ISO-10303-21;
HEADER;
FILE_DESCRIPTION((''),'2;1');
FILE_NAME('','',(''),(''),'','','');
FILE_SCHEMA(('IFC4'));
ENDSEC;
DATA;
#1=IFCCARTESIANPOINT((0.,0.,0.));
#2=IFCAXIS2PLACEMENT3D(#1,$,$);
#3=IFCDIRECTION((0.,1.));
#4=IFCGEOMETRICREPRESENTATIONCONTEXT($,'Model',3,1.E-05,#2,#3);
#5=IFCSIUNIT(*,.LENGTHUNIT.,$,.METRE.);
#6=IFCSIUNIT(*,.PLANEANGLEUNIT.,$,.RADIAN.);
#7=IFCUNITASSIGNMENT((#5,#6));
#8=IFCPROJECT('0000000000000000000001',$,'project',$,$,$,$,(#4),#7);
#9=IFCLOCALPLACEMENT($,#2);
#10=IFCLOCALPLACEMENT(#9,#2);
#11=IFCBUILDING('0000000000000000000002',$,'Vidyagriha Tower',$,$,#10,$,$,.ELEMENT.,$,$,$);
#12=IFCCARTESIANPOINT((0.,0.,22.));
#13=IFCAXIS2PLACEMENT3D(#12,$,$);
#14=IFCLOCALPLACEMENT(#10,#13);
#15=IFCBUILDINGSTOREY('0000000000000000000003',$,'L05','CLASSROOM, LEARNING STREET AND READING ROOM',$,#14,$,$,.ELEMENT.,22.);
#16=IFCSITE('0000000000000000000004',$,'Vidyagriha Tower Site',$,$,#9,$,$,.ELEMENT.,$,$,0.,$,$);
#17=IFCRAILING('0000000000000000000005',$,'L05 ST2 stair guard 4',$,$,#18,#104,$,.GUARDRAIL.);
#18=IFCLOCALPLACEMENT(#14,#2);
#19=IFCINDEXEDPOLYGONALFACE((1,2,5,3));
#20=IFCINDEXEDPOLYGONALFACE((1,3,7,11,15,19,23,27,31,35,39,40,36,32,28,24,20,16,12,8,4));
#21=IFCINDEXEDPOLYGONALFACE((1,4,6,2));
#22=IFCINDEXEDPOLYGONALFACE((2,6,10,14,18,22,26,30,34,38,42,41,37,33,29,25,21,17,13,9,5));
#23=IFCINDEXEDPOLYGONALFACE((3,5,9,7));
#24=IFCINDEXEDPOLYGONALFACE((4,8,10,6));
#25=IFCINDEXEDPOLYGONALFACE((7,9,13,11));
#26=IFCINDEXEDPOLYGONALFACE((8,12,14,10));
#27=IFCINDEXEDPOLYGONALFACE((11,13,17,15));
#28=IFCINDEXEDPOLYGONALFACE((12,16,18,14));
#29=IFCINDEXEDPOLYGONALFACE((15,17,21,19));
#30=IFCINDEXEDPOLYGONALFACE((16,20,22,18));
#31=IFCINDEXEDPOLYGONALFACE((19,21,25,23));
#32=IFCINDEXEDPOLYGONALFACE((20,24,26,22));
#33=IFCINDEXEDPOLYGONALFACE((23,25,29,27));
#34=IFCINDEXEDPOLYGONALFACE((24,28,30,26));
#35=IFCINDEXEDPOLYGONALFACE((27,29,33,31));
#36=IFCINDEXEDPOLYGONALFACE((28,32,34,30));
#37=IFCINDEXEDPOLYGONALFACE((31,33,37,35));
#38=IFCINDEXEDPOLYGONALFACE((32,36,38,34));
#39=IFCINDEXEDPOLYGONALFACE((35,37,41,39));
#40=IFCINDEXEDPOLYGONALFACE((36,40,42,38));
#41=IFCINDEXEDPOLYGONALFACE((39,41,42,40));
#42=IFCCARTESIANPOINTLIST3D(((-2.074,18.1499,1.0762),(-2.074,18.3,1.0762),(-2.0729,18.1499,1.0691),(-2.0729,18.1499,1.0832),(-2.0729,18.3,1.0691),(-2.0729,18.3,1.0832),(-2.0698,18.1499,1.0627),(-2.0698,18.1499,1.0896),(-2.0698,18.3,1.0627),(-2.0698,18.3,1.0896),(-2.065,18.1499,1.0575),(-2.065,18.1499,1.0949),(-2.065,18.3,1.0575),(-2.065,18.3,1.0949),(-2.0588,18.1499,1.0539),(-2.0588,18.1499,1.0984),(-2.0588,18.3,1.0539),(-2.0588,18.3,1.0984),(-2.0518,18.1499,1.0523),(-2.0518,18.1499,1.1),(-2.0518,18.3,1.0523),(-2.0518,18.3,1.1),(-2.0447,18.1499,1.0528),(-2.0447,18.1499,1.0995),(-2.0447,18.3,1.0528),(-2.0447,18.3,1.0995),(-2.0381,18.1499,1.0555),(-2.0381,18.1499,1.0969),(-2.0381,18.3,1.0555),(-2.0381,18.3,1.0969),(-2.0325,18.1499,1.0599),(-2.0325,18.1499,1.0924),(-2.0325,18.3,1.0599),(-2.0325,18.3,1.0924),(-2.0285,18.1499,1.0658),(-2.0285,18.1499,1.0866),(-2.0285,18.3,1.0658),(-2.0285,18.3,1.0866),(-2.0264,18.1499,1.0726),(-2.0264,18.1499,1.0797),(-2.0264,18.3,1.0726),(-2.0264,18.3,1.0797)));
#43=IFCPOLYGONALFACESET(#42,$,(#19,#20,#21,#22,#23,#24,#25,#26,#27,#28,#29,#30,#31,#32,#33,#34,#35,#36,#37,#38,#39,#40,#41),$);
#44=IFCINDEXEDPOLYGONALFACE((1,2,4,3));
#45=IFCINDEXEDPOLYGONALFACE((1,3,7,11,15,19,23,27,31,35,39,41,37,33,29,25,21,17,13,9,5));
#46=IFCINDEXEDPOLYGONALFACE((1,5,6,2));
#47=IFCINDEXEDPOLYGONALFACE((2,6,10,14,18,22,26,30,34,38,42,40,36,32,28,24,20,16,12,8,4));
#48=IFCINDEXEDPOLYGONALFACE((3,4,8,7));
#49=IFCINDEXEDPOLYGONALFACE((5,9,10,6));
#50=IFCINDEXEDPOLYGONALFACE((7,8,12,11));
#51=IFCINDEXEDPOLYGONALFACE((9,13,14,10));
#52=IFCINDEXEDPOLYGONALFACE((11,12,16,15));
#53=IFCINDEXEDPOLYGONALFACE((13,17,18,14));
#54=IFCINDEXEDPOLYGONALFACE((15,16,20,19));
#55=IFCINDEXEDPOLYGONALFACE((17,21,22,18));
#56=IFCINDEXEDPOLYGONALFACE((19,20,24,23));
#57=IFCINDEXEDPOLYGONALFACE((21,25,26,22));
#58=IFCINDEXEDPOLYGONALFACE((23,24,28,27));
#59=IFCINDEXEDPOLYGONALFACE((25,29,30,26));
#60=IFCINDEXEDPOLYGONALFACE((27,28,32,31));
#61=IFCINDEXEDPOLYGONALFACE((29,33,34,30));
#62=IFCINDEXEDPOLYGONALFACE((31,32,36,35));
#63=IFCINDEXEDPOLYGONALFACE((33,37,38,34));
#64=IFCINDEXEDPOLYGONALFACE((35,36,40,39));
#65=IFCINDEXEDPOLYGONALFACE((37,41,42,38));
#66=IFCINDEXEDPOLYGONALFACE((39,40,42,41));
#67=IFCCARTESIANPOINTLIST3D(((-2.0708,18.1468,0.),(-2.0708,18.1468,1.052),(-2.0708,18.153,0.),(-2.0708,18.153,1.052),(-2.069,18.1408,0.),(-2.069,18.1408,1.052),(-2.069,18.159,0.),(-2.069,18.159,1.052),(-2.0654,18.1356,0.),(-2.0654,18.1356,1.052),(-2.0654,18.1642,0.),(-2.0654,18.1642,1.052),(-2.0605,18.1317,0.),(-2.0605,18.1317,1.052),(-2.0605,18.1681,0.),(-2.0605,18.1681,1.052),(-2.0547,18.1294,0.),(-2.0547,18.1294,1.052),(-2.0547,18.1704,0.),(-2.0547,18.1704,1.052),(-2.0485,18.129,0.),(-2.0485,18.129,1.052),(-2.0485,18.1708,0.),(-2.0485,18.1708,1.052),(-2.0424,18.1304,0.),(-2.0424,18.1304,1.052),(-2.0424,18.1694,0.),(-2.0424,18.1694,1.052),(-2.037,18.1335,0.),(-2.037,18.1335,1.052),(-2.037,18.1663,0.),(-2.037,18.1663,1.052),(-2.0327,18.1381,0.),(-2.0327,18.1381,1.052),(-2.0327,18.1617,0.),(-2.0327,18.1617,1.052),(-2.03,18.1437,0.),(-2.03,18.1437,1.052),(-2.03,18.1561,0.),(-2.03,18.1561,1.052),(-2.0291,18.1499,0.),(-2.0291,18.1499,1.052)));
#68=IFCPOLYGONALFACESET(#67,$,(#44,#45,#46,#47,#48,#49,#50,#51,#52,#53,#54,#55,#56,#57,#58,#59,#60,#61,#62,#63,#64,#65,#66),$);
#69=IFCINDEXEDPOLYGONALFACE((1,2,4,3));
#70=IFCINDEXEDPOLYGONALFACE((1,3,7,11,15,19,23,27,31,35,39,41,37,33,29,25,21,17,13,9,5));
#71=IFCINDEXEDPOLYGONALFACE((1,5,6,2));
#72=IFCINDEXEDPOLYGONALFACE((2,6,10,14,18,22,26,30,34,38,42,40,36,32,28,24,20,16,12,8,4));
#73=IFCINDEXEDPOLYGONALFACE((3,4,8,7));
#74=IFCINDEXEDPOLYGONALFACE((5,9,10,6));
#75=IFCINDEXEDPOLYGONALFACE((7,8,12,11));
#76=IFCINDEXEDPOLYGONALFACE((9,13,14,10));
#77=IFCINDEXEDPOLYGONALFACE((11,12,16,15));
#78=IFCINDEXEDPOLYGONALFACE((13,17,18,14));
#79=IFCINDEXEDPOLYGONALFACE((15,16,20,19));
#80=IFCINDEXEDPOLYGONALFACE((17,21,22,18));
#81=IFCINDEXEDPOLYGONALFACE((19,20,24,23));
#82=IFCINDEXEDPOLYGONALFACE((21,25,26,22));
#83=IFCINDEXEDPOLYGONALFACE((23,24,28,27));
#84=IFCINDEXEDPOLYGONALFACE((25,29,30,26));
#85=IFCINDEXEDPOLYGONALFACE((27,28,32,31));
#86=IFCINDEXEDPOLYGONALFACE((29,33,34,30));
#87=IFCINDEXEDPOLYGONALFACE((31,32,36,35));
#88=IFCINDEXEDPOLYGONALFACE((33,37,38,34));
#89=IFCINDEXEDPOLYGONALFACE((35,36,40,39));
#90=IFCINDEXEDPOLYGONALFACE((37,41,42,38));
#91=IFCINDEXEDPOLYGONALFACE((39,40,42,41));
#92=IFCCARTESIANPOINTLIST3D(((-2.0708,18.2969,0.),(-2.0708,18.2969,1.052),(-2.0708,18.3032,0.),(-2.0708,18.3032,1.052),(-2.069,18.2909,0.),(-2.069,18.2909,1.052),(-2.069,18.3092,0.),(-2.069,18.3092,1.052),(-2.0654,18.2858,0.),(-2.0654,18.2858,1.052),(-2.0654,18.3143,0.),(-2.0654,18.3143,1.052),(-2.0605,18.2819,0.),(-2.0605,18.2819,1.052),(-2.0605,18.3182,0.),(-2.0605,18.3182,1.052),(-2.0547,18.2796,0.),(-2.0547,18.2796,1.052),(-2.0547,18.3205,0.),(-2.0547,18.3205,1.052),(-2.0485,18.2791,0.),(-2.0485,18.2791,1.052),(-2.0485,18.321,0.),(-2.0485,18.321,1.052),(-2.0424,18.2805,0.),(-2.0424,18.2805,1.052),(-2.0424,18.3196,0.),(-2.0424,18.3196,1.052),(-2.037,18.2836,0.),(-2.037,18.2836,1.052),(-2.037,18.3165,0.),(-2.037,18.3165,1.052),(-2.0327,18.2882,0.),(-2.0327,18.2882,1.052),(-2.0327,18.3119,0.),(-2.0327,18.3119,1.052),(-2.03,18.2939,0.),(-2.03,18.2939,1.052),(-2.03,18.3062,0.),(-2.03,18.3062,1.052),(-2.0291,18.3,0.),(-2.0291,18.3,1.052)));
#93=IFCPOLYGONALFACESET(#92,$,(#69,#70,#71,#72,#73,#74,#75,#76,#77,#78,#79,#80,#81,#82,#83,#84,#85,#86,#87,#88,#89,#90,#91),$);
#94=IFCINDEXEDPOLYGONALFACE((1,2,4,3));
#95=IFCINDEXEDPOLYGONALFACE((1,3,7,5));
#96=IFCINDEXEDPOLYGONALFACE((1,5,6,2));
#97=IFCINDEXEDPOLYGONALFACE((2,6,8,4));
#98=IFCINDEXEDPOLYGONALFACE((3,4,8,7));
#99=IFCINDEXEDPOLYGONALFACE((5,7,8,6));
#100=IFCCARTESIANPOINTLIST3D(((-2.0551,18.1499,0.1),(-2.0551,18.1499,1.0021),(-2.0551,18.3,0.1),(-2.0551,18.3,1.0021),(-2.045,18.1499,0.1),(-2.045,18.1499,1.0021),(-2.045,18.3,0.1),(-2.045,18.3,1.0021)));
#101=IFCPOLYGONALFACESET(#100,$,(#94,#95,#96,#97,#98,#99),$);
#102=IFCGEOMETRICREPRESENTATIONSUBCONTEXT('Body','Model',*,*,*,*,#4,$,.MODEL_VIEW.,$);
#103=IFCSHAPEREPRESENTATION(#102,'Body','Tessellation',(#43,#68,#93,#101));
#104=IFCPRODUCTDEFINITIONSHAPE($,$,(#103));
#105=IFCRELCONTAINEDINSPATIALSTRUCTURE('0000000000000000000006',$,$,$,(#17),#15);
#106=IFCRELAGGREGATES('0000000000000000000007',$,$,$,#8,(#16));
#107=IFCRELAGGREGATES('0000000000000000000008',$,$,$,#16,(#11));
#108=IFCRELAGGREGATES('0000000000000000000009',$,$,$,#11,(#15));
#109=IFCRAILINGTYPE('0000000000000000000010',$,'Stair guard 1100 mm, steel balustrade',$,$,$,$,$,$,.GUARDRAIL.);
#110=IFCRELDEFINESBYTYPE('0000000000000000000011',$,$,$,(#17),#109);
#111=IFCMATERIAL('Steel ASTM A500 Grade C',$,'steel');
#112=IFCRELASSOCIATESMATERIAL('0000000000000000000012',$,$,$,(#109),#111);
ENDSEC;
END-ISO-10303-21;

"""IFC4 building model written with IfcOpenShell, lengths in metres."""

from ifc_helpers import new_model, si_unit, direction, frame, origin, origin_2d, place, context, subcontext, project, spatial, rectangle, circle, extrude, material, type_object, element, save


model = new_model("IFC4")

# Units and contexts
model_context = context("Model", 3, precision=1e-05, world=origin(), true_north=direction((0.0, 1.0)))
body_context = subcontext(model_context, "Body", "Model", "MODEL_VIEW")
ifc_project = project(units=[si_unit("LENGTHUNIT", "METRE"), si_unit("PLANEANGLEUNIT", "RADIAN")], contexts=[model_context])

# Site, building, storey
site_placement = place(None, origin())
site = spatial("IfcSite", under=ifc_project, at=site_placement, Name="Vidyagriha Tower Site", CompositionType="ELEMENT", RefElevation=0.0)
building_placement = place(site_placement, origin())
building = spatial("IfcBuilding", under=site, at=building_placement, Name="Vidyagriha Tower", CompositionType="ELEMENT")
storey_placement = place(building_placement, frame((0.0, 0.0, 22.0)))
storey = spatial("IfcBuildingStorey", under=building, at=storey_placement, Name="L05", Description="CLASSROOM, LEARNING STREET AND READING ROOM", CompositionType="ELEMENT", Elevation=22.0)

# Railing
ifc_material_1 = material(Name="Steel ASTM A500 Grade C", Category="steel")
railing_type_1 = type_object("IfcRailingType", Name="Stair guard 1100 mm, steel balustrade", PredefinedType="GUARDRAIL", material=ifc_material_1)
railing_1_placement = place(storey_placement, frame((-2.05, 18.1499, 0.0)))
element("IfcRailing", 1, at=railing_1_placement, inside=storey, type_object=railing_type_1, Name="L05 ST2 stair guard 4", PredefinedType="GUARDRAIL", context=body_context, shape_type="SweptSolid", body=[
    extrude(circle(Radius=0.0239, at=origin_2d()), frame((0.0, 0.0, 1.0762), z_axis=(0.0, 1.0, 0.0), x_axis=(-1.0, 0.0, 0.0)), (0.0, 0.0, 1.0), 0.1501),
    extrude(circle(Radius=0.021, at=origin_2d()), origin(), (0.0, 0.0, 1.0), 1.052),
    extrude(circle(Radius=0.021, at=origin_2d()), frame((0.0, 0.1501, 0.0)), (0.0, 0.0, 1.0), 1.052),
    extrude(rectangle(XDim=0.01, YDim=0.9021, at=origin_2d()), frame((0.0, 0.0, 0.551), z_axis=(0.0, 1.0, 0.0), x_axis=(-1.0, 0.0, 0.0)), (0.0, 0.0, 1.0), 0.1501),
])

save(model, "model.ifc")
